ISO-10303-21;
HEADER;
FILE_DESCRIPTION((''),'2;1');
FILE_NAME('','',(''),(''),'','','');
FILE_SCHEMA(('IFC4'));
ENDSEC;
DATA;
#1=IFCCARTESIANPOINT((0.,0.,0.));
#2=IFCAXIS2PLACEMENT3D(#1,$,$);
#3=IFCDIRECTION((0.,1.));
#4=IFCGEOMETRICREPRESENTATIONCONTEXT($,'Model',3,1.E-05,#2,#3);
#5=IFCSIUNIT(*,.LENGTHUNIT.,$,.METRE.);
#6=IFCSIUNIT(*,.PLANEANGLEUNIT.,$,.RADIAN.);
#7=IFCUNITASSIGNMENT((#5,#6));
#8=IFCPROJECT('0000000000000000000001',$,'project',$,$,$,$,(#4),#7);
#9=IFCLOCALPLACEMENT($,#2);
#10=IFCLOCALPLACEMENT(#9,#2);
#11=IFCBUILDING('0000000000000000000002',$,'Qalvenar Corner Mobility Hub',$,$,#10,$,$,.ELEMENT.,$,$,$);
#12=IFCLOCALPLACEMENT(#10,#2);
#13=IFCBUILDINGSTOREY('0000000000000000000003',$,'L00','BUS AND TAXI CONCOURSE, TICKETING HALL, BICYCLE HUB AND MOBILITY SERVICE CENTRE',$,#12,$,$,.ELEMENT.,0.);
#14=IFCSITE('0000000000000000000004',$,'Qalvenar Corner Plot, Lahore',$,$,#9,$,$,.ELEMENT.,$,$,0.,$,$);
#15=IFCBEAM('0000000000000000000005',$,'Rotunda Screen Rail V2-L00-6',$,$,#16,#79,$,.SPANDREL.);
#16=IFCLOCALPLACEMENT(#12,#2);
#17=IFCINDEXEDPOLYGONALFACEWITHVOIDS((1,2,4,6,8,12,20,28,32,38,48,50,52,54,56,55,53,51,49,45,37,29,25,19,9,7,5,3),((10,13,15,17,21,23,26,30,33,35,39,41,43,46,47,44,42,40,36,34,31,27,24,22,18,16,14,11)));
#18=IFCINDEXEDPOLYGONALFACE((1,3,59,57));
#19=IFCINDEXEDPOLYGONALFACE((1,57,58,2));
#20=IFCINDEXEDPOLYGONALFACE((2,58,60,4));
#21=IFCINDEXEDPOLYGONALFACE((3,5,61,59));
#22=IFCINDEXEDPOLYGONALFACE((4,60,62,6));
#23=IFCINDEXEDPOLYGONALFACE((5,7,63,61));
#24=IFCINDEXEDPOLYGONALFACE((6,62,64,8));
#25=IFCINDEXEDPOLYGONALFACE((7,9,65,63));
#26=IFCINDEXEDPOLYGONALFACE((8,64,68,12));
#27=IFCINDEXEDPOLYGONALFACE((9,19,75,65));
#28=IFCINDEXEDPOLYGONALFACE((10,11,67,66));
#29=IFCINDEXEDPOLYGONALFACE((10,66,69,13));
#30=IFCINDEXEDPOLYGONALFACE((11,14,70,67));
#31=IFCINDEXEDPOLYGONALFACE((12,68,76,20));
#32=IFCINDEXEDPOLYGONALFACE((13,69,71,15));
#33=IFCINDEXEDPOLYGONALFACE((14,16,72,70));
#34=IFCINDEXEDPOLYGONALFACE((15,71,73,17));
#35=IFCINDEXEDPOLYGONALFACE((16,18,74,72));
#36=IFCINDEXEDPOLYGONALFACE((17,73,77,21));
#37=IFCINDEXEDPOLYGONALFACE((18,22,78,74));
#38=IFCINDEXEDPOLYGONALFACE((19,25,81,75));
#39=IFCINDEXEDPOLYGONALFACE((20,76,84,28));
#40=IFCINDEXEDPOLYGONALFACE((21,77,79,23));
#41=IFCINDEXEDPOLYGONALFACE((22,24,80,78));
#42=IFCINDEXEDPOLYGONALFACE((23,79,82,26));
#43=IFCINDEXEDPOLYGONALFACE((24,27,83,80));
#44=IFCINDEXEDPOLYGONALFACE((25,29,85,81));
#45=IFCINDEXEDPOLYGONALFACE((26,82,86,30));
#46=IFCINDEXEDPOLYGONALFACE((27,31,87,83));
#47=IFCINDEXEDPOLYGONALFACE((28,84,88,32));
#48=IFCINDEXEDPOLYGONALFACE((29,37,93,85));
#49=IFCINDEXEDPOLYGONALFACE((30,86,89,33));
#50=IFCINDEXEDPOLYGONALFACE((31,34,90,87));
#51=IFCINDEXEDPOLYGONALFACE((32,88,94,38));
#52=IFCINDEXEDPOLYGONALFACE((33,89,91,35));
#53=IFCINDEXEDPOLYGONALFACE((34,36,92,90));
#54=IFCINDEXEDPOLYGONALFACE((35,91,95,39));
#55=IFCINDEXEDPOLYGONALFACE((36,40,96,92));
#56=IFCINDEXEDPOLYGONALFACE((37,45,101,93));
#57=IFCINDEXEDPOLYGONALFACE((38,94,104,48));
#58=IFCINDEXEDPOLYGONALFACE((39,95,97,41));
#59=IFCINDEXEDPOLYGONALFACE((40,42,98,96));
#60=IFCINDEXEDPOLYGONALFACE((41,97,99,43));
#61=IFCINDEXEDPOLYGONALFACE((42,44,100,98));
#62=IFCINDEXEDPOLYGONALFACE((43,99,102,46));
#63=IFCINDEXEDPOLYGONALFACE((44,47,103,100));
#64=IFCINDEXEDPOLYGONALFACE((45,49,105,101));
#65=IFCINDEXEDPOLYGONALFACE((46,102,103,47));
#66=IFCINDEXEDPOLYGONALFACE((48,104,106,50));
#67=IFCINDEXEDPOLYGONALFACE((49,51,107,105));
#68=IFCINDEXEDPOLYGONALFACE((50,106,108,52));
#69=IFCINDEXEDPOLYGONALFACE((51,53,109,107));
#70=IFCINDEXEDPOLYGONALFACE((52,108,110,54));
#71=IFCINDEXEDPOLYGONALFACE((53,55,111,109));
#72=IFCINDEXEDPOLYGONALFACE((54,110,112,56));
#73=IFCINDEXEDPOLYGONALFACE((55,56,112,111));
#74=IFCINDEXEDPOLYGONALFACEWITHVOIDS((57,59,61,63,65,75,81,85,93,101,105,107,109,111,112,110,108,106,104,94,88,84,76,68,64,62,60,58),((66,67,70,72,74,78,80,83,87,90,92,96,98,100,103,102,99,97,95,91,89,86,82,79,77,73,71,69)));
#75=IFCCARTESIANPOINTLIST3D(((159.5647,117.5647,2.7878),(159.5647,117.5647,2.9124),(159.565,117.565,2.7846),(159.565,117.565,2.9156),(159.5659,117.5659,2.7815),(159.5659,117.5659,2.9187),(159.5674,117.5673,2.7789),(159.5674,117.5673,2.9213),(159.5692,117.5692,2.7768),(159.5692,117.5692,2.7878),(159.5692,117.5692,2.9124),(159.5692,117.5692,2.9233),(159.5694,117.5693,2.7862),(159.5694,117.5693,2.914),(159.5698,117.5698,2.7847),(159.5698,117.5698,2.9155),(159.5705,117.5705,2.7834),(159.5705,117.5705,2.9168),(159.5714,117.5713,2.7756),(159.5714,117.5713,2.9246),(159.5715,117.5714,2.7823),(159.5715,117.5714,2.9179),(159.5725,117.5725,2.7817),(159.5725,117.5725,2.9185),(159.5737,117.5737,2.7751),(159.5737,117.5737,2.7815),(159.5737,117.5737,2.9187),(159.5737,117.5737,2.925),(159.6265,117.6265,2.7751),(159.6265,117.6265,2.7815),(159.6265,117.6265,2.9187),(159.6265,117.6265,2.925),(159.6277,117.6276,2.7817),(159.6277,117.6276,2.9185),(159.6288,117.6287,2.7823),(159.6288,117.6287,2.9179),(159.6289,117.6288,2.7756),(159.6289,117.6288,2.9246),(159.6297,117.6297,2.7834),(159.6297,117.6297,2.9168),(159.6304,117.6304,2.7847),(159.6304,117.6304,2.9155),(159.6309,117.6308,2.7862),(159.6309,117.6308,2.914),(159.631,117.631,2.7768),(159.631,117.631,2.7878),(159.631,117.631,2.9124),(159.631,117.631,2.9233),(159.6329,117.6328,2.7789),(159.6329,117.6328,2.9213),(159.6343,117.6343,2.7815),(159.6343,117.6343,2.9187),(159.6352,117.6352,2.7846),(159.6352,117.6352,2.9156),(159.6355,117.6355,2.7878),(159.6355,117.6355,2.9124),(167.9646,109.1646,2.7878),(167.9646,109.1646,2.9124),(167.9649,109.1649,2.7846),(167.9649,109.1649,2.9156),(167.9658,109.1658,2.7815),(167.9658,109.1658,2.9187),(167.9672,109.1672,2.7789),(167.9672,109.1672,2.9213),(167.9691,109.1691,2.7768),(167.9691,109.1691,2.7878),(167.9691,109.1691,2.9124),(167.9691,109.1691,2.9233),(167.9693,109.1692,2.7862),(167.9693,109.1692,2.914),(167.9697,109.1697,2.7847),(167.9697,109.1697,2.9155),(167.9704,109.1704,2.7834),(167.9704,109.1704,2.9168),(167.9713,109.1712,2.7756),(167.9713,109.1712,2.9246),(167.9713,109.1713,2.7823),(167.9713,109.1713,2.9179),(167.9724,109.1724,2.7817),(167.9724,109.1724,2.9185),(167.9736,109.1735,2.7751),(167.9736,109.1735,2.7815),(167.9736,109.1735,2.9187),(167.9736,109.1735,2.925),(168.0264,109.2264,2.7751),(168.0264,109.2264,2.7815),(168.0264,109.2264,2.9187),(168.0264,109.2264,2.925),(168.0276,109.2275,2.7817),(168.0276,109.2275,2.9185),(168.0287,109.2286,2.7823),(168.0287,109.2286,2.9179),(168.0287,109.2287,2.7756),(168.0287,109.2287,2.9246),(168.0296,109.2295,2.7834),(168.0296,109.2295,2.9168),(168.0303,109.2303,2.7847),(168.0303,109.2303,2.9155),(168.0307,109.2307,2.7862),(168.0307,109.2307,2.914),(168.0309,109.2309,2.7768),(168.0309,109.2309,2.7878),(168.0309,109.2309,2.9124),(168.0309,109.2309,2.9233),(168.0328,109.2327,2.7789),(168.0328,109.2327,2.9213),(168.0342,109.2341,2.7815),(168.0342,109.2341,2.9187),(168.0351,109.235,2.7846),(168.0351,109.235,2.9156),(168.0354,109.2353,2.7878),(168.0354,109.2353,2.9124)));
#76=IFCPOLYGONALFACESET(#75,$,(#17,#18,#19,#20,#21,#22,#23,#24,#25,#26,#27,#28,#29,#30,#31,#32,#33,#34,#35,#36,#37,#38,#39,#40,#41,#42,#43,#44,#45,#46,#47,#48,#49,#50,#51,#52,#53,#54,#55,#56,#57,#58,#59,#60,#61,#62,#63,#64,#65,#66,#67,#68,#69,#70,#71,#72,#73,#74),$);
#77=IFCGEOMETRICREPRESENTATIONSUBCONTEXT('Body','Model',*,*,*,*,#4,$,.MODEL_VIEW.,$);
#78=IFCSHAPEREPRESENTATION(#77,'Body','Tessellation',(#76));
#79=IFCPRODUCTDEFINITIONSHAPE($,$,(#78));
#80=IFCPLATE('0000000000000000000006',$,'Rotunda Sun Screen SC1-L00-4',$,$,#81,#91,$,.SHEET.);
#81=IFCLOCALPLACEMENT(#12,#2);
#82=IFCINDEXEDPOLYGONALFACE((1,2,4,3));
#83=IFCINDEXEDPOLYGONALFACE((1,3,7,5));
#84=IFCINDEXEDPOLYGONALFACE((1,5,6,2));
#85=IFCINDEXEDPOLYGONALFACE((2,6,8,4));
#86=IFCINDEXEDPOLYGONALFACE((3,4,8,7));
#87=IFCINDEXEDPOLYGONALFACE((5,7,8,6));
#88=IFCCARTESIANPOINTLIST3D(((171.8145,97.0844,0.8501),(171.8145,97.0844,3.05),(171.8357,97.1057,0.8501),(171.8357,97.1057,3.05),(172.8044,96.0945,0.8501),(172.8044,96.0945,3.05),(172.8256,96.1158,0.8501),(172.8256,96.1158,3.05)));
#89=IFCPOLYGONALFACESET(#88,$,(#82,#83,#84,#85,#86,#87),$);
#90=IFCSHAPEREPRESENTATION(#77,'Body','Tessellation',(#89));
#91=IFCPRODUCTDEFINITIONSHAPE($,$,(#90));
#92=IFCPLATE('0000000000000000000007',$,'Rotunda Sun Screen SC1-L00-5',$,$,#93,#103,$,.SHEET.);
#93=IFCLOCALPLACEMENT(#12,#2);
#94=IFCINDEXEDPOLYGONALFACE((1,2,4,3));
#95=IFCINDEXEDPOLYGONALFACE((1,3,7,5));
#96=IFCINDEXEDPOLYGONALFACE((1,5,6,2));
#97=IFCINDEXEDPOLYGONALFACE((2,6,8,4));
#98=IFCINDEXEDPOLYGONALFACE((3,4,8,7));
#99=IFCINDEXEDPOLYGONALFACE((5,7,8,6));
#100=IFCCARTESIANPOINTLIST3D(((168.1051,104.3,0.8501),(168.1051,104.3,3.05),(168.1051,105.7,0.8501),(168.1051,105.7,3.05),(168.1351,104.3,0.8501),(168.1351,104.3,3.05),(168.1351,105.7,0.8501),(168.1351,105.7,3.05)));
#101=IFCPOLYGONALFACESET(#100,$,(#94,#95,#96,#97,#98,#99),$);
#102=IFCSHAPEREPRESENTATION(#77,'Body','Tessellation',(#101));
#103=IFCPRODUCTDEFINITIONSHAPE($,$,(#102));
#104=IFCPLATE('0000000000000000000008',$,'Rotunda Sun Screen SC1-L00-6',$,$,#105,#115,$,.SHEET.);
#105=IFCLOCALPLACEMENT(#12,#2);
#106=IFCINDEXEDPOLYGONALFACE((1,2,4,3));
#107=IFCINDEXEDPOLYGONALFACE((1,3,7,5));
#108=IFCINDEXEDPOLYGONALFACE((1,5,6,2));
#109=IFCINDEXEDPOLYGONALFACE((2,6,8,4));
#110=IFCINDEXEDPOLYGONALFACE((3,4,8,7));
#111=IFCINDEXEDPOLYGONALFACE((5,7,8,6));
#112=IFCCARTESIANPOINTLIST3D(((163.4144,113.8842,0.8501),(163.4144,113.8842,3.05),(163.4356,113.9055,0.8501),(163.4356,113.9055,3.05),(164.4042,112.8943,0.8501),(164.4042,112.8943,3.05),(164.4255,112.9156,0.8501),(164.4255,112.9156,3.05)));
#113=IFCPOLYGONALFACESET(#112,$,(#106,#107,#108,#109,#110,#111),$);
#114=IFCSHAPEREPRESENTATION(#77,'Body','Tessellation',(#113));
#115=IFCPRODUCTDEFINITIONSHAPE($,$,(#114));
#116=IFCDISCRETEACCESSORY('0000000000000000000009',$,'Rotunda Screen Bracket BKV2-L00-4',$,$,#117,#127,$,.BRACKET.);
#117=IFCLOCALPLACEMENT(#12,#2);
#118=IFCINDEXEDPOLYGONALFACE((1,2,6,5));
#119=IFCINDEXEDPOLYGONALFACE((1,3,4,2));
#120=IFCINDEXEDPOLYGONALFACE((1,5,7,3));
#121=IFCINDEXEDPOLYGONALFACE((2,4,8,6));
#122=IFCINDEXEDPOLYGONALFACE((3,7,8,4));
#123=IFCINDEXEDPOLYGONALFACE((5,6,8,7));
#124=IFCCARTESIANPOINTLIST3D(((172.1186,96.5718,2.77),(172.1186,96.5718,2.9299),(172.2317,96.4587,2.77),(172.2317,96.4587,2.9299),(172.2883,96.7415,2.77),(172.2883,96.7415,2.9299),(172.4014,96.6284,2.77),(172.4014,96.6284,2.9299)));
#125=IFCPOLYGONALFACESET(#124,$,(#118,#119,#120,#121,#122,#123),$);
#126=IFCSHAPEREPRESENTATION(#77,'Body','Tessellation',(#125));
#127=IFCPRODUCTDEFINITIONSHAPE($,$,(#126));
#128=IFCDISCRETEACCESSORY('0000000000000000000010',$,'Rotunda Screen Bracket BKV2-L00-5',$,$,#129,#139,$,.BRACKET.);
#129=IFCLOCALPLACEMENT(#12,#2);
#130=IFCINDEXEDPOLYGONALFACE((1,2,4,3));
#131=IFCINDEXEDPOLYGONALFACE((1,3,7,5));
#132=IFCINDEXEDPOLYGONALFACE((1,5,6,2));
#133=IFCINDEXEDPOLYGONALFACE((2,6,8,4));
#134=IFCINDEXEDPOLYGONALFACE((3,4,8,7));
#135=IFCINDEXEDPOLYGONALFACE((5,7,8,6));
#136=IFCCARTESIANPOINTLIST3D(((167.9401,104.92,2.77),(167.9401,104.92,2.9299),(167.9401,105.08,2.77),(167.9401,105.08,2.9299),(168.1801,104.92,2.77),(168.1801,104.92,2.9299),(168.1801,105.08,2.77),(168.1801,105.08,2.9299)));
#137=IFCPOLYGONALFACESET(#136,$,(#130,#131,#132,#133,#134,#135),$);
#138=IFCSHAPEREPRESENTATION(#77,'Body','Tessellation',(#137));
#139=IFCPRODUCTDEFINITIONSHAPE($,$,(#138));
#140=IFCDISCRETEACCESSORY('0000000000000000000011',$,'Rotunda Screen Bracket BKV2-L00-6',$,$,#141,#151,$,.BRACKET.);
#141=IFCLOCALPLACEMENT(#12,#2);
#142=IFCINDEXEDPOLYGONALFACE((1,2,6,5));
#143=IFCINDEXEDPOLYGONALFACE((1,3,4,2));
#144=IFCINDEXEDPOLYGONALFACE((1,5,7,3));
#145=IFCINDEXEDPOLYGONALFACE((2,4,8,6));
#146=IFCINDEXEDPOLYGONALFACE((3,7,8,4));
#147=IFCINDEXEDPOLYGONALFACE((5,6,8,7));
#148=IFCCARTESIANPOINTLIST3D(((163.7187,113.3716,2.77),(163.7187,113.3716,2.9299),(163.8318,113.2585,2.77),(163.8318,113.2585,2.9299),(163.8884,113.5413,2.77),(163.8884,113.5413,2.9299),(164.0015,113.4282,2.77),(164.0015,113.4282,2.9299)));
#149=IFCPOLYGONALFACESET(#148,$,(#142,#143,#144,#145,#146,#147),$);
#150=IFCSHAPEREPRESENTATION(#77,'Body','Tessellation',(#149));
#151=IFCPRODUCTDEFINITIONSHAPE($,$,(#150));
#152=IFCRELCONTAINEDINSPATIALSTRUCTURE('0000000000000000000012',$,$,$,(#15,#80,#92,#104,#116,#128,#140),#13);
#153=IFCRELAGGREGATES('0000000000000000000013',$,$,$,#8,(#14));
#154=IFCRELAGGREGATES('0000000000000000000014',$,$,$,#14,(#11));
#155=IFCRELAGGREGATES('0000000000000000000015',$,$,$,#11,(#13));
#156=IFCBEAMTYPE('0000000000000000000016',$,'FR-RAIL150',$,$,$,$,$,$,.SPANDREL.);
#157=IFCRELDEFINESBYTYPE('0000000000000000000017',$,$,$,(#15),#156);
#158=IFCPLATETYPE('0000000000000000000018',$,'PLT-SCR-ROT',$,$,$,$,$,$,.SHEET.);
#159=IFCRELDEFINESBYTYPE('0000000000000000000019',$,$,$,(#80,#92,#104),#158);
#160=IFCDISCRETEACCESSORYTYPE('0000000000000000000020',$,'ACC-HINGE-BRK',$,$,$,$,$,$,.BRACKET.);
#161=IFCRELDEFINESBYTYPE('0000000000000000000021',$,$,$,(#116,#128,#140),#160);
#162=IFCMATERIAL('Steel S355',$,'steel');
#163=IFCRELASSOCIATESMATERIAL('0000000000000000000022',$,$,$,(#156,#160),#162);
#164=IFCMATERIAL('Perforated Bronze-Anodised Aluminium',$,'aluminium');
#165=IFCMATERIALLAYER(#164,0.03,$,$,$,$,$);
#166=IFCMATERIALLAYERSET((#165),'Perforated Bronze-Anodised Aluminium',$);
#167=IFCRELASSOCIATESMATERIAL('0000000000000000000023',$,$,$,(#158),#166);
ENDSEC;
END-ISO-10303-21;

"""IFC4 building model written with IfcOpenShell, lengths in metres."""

from ifc_helpers import new_model, si_unit, direction, frame, origin, origin_2d, place, context, subcontext, project, spatial, rectangle, hollow_rectangle, extrude, material, layer, layer_set, material_profile, profile_set, type_object, element, save


model = new_model("IFC4")

# Units and contexts
model_context = context("Model", 3, precision=1e-05, world=origin(), true_north=direction((0.0, 1.0)))
body_context = subcontext(model_context, "Body", "Model", "MODEL_VIEW")
ifc_project = project(units=[si_unit("LENGTHUNIT", "METRE"), si_unit("PLANEANGLEUNIT", "RADIAN")], contexts=[model_context])

# Site, building, storey
site_placement = place(None, origin())
site = spatial("IfcSite", under=ifc_project, at=site_placement, Name="Qalvenar Corner Plot, Lahore", CompositionType="ELEMENT", RefElevation=0.0)
building_placement = place(site_placement, origin())
building = spatial("IfcBuilding", under=site, at=building_placement, Name="Qalvenar Corner Mobility Hub", CompositionType="ELEMENT")
storey_placement = place(building_placement, origin())
storey = spatial("IfcBuildingStorey", under=building, at=storey_placement, Name="L00", Description="BUS AND TAXI CONCOURSE, TICKETING HALL, BICYCLE HUB AND MOBILITY SERVICE CENTRE", CompositionType="ELEMENT", Elevation=0.0)

# Shared definitions
ifc_material_1 = material(Name="Steel S355", Category="steel")

# Beam
ifc_material_profile_1 = material_profile(ifc_material_1, hollow_rectangle(XDim=0.1001, YDim=0.1499, WallThickness=0.0063, InnerFilletRadius=0.0063, OuterFilletRadius=0.0127, at=origin_2d()), Name="RHS150x100x6.3")
ifc_profile_set_1 = profile_set([ifc_material_profile_1], Name="Steel S355")
beam_type_1 = type_object("IfcBeamType", Name="FR-RAIL150", PredefinedType="SPANDREL", material=ifc_profile_set_1)
beam_1_placement = place(storey_placement, frame((168.0, 109.2, 2.8501), z_axis=(-0.707097, 0.707117, 0.0), x_axis=(-0.707117, -0.707097, 0.0)))
element("IfcBeam", 1, at=beam_1_placement, inside=storey, type_object=beam_type_1, Name="Rotunda Screen Rail V2-L00-6", PredefinedType="SPANDREL", context=body_context, shape_type="SweptSolid", body=[
    extrude(hollow_rectangle(XDim=0.1001, YDim=0.1499, WallThickness=0.0063, InnerFilletRadius=0.0063, OuterFilletRadius=0.0127, at=origin_2d()), origin(), (0.0, 0.0, 1.0), 11.8794),
])

# Plates
ifc_material_2 = material(Name="Perforated Bronze-Anodised Aluminium", Category="aluminium")
ifc_layer = layer(ifc_material_2, 0.03)
ifc_layer_set = layer_set([ifc_layer], Name="Perforated Bronze-Anodised Aluminium")
plate_type = type_object("IfcPlateType", Name="PLT-SCR-ROT", PredefinedType="SHEET", material=ifc_layer_set)
for number, where, z_axis, x_axis, name in (
    (2, (172.3201, 96.6001, 0.8501), (0.0, 0.0, 1.0), (-0.707107, 0.707107, 0.0), "Rotunda Sun Screen SC1-L00-4"),
    (3, (168.1201, 105.0, 0.8501), (0.0, 0.0, 1.0), (0.0, 1.0, 0.0), "Rotunda Sun Screen SC1-L00-5"),
    (4, (163.9199, 113.3999, 0.8501), (0.0, 0.0, 1.0), (-0.707107, 0.707107, 0.0), "Rotunda Sun Screen SC1-L00-6"),
):
    element("IfcPlate", number, at=place(storey_placement, frame(where, z_axis=z_axis, x_axis=x_axis)), inside=storey, type_object=plate_type, Name=name, PredefinedType="SHEET", context=body_context, shape_type="SweptSolid", body=[
        extrude(rectangle(XDim=1.3999, YDim=0.03, at=origin_2d()), origin(), (0.0, 0.0, 1.0), 2.2),
    ])

# Discrete accessories
discrete_accessory_type = type_object("IfcDiscreteAccessoryType", Name="ACC-HINGE-BRK", PredefinedType="BRACKET", material=ifc_material_1)
for number, where, z_axis, x_axis, name in (
    (5, (172.26, 96.6001, 2.77), (0.0, 0.0, 1.0), (-0.707107, 0.707107, 0.0), "Rotunda Screen Bracket BKV2-L00-4"),
    (6, (168.0601, 105.0, 2.77), (0.0, 0.0, 1.0), (0.0, 1.0, 0.0), "Rotunda Screen Bracket BKV2-L00-5"),
    (7, (163.8601, 113.3999, 2.77), (0.0, 0.0, 1.0), (-0.707107, 0.707107, 0.0), "Rotunda Screen Bracket BKV2-L00-6"),
):
    element("IfcDiscreteAccessory", number, at=place(storey_placement, frame(where, z_axis=z_axis, x_axis=x_axis)), inside=storey, type_object=discrete_accessory_type, Name=name, PredefinedType="BRACKET", context=body_context, shape_type="SweptSolid", body=[
        extrude(rectangle(XDim=0.1599, YDim=0.24, at=origin_2d()), origin(), (0.0, 0.0, 1.0), 0.1599),
    ])

save(model, "model.ifc")
